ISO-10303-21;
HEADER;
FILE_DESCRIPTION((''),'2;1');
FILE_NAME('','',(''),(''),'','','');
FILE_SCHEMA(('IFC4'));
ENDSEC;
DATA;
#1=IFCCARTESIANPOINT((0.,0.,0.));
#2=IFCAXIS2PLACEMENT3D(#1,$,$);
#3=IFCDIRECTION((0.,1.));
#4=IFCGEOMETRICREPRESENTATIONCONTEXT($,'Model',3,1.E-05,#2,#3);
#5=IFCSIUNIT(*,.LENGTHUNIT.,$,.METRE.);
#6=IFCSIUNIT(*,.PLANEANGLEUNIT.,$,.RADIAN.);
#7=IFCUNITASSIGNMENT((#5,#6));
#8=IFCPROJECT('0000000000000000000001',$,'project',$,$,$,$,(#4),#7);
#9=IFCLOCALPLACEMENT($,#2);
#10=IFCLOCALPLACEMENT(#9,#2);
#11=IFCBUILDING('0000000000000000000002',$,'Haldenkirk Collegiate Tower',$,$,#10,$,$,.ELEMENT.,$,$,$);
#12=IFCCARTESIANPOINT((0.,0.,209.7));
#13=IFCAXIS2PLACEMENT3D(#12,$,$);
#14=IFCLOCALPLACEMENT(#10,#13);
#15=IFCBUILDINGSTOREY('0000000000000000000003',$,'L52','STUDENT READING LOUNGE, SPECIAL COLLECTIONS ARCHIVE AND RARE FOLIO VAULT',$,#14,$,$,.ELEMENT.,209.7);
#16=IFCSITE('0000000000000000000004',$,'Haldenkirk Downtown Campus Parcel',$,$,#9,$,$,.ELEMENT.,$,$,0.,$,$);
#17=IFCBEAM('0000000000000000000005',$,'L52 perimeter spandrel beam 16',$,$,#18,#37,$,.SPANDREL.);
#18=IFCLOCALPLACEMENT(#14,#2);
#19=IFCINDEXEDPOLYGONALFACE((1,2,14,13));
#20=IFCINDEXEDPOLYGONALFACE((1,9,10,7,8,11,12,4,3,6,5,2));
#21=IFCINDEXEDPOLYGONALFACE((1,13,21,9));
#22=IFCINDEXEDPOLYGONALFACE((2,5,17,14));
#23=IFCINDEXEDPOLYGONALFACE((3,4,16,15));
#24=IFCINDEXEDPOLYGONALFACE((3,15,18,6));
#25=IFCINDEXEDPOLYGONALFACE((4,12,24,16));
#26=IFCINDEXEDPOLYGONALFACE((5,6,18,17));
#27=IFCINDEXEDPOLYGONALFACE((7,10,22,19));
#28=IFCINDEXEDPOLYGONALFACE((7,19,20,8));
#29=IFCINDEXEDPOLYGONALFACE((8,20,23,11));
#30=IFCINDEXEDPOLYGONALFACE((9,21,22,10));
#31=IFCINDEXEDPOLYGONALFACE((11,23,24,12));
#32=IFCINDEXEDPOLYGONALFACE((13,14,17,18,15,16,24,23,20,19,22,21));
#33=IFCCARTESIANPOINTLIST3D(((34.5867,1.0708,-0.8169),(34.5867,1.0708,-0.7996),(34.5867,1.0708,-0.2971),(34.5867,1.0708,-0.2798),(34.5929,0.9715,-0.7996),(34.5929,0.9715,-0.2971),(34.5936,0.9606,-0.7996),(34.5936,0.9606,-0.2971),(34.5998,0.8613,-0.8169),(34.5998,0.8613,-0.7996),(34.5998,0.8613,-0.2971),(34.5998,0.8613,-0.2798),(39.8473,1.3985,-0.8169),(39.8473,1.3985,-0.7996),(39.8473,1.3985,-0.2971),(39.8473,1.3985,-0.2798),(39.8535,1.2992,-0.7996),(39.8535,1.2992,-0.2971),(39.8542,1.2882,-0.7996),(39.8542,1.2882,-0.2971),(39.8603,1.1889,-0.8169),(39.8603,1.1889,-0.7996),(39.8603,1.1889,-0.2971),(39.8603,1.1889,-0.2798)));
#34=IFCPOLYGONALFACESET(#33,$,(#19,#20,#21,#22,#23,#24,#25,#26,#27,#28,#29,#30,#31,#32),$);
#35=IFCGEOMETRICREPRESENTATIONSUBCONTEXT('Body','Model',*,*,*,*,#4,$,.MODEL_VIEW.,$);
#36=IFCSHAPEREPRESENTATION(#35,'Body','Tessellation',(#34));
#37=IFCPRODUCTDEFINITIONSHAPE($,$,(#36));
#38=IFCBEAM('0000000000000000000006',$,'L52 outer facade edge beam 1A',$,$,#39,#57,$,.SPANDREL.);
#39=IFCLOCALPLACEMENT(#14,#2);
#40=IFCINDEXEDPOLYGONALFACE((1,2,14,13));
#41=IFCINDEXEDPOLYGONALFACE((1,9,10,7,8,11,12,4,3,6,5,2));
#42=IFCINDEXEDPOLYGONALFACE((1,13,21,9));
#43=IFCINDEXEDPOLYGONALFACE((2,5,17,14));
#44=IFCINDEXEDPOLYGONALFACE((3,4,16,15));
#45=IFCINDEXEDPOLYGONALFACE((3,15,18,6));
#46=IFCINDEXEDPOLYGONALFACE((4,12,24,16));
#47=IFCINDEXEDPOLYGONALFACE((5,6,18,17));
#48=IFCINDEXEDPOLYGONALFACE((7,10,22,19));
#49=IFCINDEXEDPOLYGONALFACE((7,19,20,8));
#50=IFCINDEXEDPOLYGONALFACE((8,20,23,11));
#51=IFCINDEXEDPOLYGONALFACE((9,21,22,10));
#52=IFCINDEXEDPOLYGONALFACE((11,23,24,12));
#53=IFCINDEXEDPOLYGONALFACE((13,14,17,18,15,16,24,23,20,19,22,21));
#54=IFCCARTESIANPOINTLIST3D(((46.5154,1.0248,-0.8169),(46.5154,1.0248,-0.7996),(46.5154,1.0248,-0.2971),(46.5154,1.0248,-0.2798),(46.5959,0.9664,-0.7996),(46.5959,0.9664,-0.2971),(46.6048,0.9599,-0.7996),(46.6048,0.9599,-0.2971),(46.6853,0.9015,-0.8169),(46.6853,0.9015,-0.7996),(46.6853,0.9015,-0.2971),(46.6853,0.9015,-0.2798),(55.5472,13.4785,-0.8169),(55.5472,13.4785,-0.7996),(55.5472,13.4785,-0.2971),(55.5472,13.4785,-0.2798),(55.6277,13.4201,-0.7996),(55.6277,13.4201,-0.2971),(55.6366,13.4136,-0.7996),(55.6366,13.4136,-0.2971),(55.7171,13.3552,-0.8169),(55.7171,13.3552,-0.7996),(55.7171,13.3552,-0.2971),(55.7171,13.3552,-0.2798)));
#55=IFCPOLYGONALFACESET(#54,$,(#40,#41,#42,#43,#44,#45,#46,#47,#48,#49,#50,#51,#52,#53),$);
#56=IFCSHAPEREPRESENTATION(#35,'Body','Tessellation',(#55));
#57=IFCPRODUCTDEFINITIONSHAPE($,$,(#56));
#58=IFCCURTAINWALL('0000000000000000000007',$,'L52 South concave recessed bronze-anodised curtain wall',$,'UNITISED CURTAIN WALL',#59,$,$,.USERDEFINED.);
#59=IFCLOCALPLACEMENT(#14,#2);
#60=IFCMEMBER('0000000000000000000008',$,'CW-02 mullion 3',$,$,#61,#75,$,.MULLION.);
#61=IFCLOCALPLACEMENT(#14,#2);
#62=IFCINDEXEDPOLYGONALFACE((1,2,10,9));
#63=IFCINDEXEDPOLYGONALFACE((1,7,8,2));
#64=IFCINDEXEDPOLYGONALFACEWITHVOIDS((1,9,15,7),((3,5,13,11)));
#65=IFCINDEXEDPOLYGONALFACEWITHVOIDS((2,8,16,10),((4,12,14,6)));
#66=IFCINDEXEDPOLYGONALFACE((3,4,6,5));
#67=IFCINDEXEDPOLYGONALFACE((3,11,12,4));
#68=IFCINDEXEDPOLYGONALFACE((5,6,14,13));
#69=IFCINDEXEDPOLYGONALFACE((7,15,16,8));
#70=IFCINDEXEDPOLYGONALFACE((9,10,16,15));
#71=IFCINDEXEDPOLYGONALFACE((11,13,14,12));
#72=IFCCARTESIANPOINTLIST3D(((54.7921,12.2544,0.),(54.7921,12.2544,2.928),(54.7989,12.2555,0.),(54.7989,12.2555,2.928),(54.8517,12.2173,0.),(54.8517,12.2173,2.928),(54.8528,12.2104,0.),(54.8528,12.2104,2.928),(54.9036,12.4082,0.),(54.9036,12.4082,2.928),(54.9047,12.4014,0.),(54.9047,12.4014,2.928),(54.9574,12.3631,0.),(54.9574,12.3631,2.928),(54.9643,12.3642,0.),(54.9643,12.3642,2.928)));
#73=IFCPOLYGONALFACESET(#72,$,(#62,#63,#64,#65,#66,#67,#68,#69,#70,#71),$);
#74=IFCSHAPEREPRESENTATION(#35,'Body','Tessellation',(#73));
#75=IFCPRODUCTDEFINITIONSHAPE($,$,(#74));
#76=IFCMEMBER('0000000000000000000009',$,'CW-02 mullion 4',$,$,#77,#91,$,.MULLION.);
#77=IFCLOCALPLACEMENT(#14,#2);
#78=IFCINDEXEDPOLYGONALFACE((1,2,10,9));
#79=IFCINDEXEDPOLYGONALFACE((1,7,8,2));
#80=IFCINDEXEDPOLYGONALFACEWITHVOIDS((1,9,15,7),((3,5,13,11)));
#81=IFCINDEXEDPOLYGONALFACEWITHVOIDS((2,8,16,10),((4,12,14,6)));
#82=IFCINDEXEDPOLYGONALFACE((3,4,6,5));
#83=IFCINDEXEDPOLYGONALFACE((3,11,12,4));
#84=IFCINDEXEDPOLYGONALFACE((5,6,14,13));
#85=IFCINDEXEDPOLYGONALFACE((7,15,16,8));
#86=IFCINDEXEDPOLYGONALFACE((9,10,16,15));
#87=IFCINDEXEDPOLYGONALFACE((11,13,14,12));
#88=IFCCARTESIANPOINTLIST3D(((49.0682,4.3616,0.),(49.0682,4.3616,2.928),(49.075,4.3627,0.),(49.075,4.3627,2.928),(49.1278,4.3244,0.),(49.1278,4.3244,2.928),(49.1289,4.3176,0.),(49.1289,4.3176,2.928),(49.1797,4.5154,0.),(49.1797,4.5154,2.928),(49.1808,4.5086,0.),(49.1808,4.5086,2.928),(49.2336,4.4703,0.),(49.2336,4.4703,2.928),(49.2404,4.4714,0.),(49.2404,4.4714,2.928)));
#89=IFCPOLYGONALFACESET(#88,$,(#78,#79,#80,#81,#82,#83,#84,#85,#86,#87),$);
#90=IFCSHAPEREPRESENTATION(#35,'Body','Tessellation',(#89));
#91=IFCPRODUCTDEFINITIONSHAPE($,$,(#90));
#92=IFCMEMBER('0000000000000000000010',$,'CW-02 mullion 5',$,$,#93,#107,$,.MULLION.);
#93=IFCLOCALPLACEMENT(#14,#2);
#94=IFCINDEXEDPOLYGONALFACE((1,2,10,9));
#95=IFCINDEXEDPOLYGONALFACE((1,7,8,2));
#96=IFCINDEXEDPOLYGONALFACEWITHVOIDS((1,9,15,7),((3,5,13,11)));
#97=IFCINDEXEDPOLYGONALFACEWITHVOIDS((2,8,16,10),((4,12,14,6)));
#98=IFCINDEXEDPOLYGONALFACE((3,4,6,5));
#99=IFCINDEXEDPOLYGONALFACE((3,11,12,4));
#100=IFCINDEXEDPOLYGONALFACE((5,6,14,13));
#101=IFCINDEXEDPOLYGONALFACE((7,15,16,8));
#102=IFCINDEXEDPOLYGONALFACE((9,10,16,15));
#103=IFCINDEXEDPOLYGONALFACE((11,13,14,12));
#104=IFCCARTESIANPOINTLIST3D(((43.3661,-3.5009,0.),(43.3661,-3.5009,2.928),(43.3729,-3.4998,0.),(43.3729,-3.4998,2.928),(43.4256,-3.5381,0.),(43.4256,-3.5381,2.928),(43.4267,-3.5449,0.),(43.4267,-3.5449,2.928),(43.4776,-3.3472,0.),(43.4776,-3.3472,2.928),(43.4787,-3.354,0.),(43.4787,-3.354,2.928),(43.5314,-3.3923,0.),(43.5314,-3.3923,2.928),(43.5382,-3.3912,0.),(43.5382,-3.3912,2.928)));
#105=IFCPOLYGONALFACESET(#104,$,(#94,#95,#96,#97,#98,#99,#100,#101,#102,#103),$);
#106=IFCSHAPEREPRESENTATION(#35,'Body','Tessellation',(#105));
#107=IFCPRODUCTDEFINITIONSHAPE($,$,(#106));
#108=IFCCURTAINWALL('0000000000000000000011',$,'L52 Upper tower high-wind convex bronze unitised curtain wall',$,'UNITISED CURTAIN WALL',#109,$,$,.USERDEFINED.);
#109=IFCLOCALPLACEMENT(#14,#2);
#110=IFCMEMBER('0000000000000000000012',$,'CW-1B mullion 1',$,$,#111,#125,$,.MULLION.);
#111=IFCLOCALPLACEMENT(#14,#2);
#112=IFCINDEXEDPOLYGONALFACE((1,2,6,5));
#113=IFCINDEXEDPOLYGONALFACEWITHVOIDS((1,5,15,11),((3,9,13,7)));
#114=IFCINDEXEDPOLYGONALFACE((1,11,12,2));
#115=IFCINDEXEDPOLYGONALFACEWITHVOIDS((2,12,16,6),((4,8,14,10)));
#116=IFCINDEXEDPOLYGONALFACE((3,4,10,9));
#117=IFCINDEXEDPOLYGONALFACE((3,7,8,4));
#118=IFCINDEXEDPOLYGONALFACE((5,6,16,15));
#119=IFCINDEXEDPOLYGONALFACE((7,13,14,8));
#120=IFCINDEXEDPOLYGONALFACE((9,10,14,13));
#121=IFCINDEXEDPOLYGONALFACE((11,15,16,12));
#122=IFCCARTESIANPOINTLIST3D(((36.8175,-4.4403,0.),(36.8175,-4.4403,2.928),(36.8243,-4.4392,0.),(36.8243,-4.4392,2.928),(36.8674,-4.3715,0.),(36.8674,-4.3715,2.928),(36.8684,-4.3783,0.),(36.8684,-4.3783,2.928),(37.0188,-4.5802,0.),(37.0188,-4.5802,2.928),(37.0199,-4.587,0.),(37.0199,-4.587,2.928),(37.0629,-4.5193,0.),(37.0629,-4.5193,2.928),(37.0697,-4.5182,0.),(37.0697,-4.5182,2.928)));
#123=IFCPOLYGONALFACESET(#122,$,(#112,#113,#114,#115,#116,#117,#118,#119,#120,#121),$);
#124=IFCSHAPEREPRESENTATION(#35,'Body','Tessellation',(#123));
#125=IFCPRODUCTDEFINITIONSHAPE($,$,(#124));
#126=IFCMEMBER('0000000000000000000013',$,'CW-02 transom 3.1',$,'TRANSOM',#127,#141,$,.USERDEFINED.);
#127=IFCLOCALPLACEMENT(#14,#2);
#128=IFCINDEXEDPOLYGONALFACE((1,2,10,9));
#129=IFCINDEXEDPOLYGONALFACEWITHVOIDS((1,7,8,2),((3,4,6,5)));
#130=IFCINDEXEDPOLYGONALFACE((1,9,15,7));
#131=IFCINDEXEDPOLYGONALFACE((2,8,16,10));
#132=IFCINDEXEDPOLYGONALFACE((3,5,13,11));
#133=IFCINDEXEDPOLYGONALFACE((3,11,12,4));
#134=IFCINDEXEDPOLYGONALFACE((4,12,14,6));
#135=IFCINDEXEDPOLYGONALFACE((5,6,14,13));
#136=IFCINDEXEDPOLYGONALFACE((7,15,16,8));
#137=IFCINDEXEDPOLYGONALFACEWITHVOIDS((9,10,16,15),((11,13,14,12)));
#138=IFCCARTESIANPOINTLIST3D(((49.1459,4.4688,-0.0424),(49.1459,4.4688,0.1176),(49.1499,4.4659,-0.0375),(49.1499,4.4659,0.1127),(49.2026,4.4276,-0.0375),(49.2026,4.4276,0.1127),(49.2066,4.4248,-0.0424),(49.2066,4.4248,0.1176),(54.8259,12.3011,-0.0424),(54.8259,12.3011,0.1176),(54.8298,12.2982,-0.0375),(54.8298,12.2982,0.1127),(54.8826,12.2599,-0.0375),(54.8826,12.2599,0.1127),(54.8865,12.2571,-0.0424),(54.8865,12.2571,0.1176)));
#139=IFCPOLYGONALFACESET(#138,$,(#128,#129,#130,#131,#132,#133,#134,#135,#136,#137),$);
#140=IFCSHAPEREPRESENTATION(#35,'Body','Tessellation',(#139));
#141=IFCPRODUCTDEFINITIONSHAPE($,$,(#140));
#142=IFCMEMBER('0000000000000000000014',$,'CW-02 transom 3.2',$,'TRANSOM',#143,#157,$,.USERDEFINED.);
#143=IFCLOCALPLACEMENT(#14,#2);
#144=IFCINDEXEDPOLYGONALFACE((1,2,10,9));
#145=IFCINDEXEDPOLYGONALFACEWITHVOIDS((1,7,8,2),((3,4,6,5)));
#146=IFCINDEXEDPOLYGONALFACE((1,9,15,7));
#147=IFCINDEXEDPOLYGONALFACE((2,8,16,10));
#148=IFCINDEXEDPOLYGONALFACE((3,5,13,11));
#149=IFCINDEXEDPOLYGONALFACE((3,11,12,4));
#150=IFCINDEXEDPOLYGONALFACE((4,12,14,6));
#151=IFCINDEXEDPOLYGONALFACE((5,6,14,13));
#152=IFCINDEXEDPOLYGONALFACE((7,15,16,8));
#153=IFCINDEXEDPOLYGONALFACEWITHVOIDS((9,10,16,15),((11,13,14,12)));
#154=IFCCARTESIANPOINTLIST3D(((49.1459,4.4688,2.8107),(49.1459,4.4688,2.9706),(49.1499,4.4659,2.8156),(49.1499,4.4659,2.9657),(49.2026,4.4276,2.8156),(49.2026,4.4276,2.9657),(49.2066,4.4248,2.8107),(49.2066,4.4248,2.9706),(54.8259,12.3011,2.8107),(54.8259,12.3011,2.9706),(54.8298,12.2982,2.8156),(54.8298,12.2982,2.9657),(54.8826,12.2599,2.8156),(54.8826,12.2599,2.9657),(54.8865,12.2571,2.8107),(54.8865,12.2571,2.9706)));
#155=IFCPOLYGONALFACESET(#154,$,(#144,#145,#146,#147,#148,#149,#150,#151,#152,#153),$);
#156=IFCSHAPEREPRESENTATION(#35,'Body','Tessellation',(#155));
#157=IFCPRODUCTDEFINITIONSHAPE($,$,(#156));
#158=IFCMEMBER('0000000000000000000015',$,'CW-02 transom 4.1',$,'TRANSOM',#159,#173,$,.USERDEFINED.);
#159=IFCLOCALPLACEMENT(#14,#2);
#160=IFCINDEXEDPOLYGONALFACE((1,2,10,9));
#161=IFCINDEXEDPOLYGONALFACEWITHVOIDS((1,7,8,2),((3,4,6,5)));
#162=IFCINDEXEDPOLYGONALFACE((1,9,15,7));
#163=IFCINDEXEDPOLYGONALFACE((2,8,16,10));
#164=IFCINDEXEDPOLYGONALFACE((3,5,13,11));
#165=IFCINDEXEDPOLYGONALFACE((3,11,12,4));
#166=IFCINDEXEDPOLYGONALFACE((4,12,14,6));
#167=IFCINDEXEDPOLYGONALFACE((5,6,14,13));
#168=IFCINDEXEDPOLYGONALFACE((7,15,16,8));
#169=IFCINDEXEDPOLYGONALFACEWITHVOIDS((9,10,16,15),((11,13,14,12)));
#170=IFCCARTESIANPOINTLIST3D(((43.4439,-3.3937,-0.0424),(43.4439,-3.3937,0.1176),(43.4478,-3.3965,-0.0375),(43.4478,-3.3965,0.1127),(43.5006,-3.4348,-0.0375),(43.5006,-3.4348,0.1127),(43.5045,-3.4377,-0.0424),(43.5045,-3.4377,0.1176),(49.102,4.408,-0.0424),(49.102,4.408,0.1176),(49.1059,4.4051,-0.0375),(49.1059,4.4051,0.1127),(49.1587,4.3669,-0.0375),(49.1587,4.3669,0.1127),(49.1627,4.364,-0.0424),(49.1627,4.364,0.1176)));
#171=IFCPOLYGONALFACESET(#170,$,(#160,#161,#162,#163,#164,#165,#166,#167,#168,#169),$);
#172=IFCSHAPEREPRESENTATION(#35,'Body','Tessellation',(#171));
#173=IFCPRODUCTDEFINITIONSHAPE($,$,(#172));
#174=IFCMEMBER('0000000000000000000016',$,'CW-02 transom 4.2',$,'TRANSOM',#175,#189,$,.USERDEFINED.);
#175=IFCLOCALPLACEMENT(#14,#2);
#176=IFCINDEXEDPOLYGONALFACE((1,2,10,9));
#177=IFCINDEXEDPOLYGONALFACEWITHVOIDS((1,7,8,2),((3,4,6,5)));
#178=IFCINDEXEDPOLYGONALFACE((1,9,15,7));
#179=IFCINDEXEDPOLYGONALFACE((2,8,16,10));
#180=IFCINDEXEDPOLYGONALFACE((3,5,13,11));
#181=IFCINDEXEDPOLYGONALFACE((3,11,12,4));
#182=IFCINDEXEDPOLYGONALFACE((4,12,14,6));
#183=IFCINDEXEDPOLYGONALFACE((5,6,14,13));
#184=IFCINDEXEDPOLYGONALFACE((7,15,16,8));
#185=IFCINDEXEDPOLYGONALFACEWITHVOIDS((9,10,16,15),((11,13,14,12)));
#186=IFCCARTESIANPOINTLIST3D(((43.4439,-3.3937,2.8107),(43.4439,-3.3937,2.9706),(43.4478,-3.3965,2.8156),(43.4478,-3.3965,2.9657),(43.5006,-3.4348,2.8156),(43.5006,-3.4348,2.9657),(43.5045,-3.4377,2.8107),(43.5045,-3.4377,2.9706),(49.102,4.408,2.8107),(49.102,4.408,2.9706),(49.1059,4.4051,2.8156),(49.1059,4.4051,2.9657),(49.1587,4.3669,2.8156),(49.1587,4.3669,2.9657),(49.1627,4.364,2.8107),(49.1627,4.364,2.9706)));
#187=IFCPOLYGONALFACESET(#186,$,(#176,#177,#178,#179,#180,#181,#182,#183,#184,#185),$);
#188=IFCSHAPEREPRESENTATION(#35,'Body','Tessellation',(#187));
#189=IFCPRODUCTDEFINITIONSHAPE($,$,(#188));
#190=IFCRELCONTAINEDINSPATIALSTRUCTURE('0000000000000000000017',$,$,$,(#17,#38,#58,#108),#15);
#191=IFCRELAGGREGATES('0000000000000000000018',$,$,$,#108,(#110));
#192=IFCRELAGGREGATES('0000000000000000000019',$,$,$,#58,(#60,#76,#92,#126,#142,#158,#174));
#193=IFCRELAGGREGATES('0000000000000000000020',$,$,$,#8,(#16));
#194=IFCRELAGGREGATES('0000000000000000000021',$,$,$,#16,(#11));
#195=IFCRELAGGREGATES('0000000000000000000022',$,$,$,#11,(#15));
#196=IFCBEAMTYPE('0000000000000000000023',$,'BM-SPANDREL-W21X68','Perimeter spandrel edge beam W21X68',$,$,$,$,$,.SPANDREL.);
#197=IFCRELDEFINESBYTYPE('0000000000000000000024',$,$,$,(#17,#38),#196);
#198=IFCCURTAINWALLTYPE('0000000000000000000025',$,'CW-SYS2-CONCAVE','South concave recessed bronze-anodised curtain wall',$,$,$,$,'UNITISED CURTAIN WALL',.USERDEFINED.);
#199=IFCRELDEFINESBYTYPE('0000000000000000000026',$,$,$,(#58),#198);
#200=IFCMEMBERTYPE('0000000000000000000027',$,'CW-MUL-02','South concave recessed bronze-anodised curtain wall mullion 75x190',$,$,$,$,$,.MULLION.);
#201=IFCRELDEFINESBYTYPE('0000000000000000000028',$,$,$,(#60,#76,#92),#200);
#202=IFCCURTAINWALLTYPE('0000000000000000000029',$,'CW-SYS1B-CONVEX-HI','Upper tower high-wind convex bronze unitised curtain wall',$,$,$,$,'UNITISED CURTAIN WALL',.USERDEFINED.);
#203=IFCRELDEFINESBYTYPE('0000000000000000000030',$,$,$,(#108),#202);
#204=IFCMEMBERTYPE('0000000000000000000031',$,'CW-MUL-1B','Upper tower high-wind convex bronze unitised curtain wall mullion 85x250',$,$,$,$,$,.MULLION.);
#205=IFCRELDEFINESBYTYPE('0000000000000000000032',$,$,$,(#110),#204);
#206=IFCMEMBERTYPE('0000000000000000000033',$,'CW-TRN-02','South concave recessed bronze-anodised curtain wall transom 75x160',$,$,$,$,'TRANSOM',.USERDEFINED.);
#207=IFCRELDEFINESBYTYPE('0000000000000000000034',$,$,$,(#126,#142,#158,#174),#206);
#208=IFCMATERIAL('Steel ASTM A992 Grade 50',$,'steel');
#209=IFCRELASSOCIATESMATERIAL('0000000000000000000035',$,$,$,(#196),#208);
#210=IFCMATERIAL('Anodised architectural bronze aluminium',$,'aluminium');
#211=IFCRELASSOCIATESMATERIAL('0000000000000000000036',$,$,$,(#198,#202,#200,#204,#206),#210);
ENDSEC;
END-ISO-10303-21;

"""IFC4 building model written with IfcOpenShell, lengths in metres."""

from ifc_helpers import new_model, si_unit, direction, frame, origin, origin_2d, place, context, subcontext, project, spatial, hollow_rectangle, i_section, extrude, material, material_profile, profile_set, type_object, element, aggregate, save


model = new_model("IFC4")

# Units and contexts
model_context = context("Model", 3, precision=1e-05, world=origin(), true_north=direction((0.0, 1.0)))
body_context = subcontext(model_context, "Body", "Model", "MODEL_VIEW")
ifc_project = project(units=[si_unit("LENGTHUNIT", "METRE"), si_unit("PLANEANGLEUNIT", "RADIAN")], contexts=[model_context])

# Site, building, storey
site_placement = place(None, origin())
site = spatial("IfcSite", under=ifc_project, at=site_placement, Name="Haldenkirk Downtown Campus Parcel", CompositionType="ELEMENT", RefElevation=0.0)
building_placement = place(site_placement, origin())
building = spatial("IfcBuilding", under=site, at=building_placement, Name="Haldenkirk Collegiate Tower", CompositionType="ELEMENT")
storey_placement = place(building_placement, frame((0.0, 0.0, 209.7)))
storey = spatial("IfcBuildingStorey", under=building, at=storey_placement, Name="L52", Description="STUDENT READING LOUNGE, SPECIAL COLLECTIONS ARCHIVE AND RARE FOLIO VAULT", CompositionType="ELEMENT", Elevation=209.7)

# Beams
ifc_material_1 = material(Name="Steel ASTM A992 Grade 50", Category="steel")
ifc_material_profile_1 = material_profile(ifc_material_1, i_section(OverallWidth=0.21, OverallDepth=0.5371, WebThickness=0.011, FlangeThickness=0.0173, at=origin_2d()), Name="W21X68")
ifc_profile_set_1 = profile_set([ifc_material_profile_1], Name="Steel ASTM A992 Grade 50")
beam_type_1 = type_object("IfcBeamType", Name="BM-SPANDREL-W21X68", Description="Perimeter spandrel edge beam W21X68", PredefinedType="SPANDREL", material=ifc_profile_set_1)
beam_1_placement = place(storey_placement, frame((34.5933, 0.9661, -0.5483), z_axis=(0.998066, 0.062162, 0.0), x_axis=(-0.062162, 0.998066, 0.0)))
element("IfcBeam", 1, at=beam_1_placement, inside=storey, type_object=beam_type_1, Name="L52 perimeter spandrel beam 16", PredefinedType="SPANDREL", context=body_context, shape_type="SweptSolid", body=[
    extrude(i_section(OverallWidth=0.21, OverallDepth=0.5371, WebThickness=0.011, FlangeThickness=0.0173, at=origin_2d()), origin(), (0.0, 0.0, 1.0), 5.2708),
])
beam_2_placement = place(storey_placement, frame((46.6003, 0.9631, -0.5483), z_axis=(0.58709, 0.809522, 0.0), x_axis=(-0.809522, 0.58709, 0.0)))
element("IfcBeam", 2, at=beam_2_placement, inside=storey, type_object=beam_type_1, Name="L52 outer facade edge beam 1A", PredefinedType="SPANDREL", context=body_context, shape_type="SweptSolid", body=[
    extrude(i_section(OverallWidth=0.21, OverallDepth=0.5371, WebThickness=0.011, FlangeThickness=0.0173, at=origin_2d()), origin(), (0.0, 0.0, 1.0), 15.384),
])

# Curtain wall, members
ifc_material_2 = material(Name="Anodised architectural bronze aluminium", Category="aluminium")
curtain_wall_type_1 = type_object("IfcCurtainWallType", Name="CW-SYS2-CONCAVE", Description="South concave recessed bronze-anodised curtain wall", ElementType="UNITISED CURTAIN WALL", PredefinedType="USERDEFINED", material=ifc_material_2)
curtain_wall_1_placement = place(storey_placement, origin())
curtain_wall_1 = element("IfcCurtainWall", 3, at=curtain_wall_1_placement, inside=storey, type_object=curtain_wall_type_1, Name="L52 South concave recessed bronze-anodised curtain wall", ObjectType="UNITISED CURTAIN WALL", PredefinedType="USERDEFINED")
ifc_material_profile_2 = material_profile(ifc_material_2, hollow_rectangle(XDim=0.075, YDim=0.1899, WallThickness=0.0049, at=origin_2d()), Name="CW-MUL-02")
ifc_profile_set_2 = profile_set([ifc_material_profile_2], Name="Anodised architectural bronze aluminium")
member_type_1 = type_object("IfcMemberType", Name="CW-MUL-02", Description="South concave recessed bronze-anodised curtain wall mullion 75x190", PredefinedType="MULLION", material=ifc_profile_set_2)
member_1_placement = place(storey_placement, frame((54.8782, 12.3093, 0.0), z_axis=(0.0, 0.0, 1.0), x_axis=(0.809529, -0.58708, 0.0)))
member_1 = element("IfcMember", 4, at=member_1_placement, type_object=member_type_1, Name="CW-02 mullion 3", PredefinedType="MULLION", context=body_context, shape_type="SweptSolid", body=[
    extrude(hollow_rectangle(XDim=0.075, YDim=0.1899, WallThickness=0.0049, at=origin_2d()), origin(), (0.0, 0.0, 1.0), 2.928),
])
member_2_placement = place(storey_placement, frame((49.1543, 4.4165, 0.0), z_axis=(0.0, 0.0, 1.0), x_axis=(0.809529, -0.58708, 0.0)))
member_2 = element("IfcMember", 5, at=member_2_placement, type_object=member_type_1, Name="CW-02 mullion 4", PredefinedType="MULLION", context=body_context, shape_type="SweptSolid", body=[
    extrude(hollow_rectangle(XDim=0.075, YDim=0.1899, WallThickness=0.0049, at=origin_2d()), origin(), (0.0, 0.0, 1.0), 2.928),
])
member_3_placement = place(storey_placement, frame((43.4521, -3.446, 0.0), z_axis=(0.0, 0.0, 1.0), x_axis=(0.809529, -0.58708, 0.0)))
member_3 = element("IfcMember", 6, at=member_3_placement, type_object=member_type_1, Name="CW-02 mullion 5", PredefinedType="MULLION", context=body_context, shape_type="SweptSolid", body=[
    extrude(hollow_rectangle(XDim=0.075, YDim=0.1899, WallThickness=0.0049, at=origin_2d()), origin(), (0.0, 0.0, 1.0), 2.928),
])

# Curtain wall, member
curtain_wall_type_2 = type_object("IfcCurtainWallType", Name="CW-SYS1B-CONVEX-HI", Description="Upper tower high-wind convex bronze unitised curtain wall", ElementType="UNITISED CURTAIN WALL", PredefinedType="USERDEFINED", material=ifc_material_2)
curtain_wall_2_placement = place(storey_placement, origin())
curtain_wall_2 = element("IfcCurtainWall", 7, at=curtain_wall_2_placement, inside=storey, type_object=curtain_wall_type_2, Name="L52 Upper tower high-wind convex bronze unitised curtain wall", ObjectType="UNITISED CURTAIN WALL", PredefinedType="USERDEFINED")
ifc_material_profile_3 = material_profile(ifc_material_2, hollow_rectangle(XDim=0.085, YDim=0.25, WallThickness=0.0049, at=origin_2d()), Name="CW-MUL-1B")
ifc_profile_set_3 = profile_set([ifc_material_profile_3], Name="Anodised architectural bronze aluminium")
member_type_2 = type_object("IfcMemberType", Name="CW-MUL-1B", Description="Upper tower high-wind convex bronze unitised curtain wall mullion 85x250", PredefinedType="MULLION", material=ifc_profile_set_3)
member_4_placement = place(storey_placement, frame((36.9436, -4.4792, 0.0), z_axis=(0.0, 0.0, 1.0), x_axis=(-0.587077, -0.809531, 0.0)))
member_4 = element("IfcMember", 8, at=member_4_placement, type_object=member_type_2, Name="CW-1B mullion 1", PredefinedType="MULLION", context=body_context, shape_type="SweptSolid", body=[
    extrude(hollow_rectangle(XDim=0.085, YDim=0.25, WallThickness=0.0049, at=origin_2d()), origin(), (0.0, 0.0, 1.0), 2.928),
])

# Members
ifc_material_profile_4 = material_profile(ifc_material_2, hollow_rectangle(XDim=0.075, YDim=0.1599, WallThickness=0.0049, at=origin_2d()), Name="CW-TRN-02")
ifc_profile_set_4 = profile_set([ifc_material_profile_4], Name="Anodised architectural bronze aluminium")
member_type_3 = type_object("IfcMemberType", Name="CW-TRN-02", Description="South concave recessed bronze-anodised curtain wall transom 75x160", ElementType="TRANSOM", PredefinedType="USERDEFINED", material=ifc_profile_set_4)
member_5_placement = place(storey_placement, frame((54.8562, 12.2791, 0.0376), z_axis=(-0.587071, -0.809535, 0.0), x_axis=(0.809535, -0.587071, 0.0)))
member_5 = element("IfcMember", 9, at=member_5_placement, type_object=member_type_3, Name="CW-02 transom 3.1", ObjectType="TRANSOM", PredefinedType="USERDEFINED", context=body_context, shape_type="SweptSolid", body=[
    extrude(hollow_rectangle(XDim=0.075, YDim=0.1599, WallThickness=0.0049, at=origin_2d()), origin(), (0.0, 0.0, 1.0), 9.675),
])
member_6_placement = place(storey_placement, frame((54.8562, 12.2791, 2.8906), z_axis=(-0.587071, -0.809535, 0.0), x_axis=(0.809535, -0.587071, 0.0)))
member_6 = element("IfcMember", 10, at=member_6_placement, type_object=member_type_3, Name="CW-02 transom 3.2", ObjectType="TRANSOM", PredefinedType="USERDEFINED", context=body_context, shape_type="SweptSolid", body=[
    extrude(hollow_rectangle(XDim=0.075, YDim=0.1599, WallThickness=0.0049, at=origin_2d()), origin(), (0.0, 0.0, 1.0), 9.675),
])
member_7_placement = place(storey_placement, frame((49.1323, 4.386, 0.0376), z_axis=(-0.587099, -0.809515, 0.0), x_axis=(0.809515, -0.587099, 0.0)))
member_7 = element("IfcMember", 11, at=member_7_placement, type_object=member_type_3, Name="CW-02 transom 4.1", ObjectType="TRANSOM", PredefinedType="USERDEFINED", context=body_context, shape_type="SweptSolid", body=[
    extrude(hollow_rectangle(XDim=0.075, YDim=0.1599, WallThickness=0.0049, at=origin_2d()), origin(), (0.0, 0.0, 1.0), 9.6375),
])
member_8_placement = place(storey_placement, frame((49.1323, 4.386, 2.8906), z_axis=(-0.587099, -0.809515, 0.0), x_axis=(0.809515, -0.587099, 0.0)))
member_8 = element("IfcMember", 12, at=member_8_placement, type_object=member_type_3, Name="CW-02 transom 4.2", ObjectType="TRANSOM", PredefinedType="USERDEFINED", context=body_context, shape_type="SweptSolid", body=[
    extrude(hollow_rectangle(XDim=0.075, YDim=0.1599, WallThickness=0.0049, at=origin_2d()), origin(), (0.0, 0.0, 1.0), 9.6375),
])

aggregate(curtain_wall_2, [member_4])
aggregate(curtain_wall_1, [member_1, member_2, member_3, member_5, member_6, member_7, member_8])

save(model, "model.ifc")
